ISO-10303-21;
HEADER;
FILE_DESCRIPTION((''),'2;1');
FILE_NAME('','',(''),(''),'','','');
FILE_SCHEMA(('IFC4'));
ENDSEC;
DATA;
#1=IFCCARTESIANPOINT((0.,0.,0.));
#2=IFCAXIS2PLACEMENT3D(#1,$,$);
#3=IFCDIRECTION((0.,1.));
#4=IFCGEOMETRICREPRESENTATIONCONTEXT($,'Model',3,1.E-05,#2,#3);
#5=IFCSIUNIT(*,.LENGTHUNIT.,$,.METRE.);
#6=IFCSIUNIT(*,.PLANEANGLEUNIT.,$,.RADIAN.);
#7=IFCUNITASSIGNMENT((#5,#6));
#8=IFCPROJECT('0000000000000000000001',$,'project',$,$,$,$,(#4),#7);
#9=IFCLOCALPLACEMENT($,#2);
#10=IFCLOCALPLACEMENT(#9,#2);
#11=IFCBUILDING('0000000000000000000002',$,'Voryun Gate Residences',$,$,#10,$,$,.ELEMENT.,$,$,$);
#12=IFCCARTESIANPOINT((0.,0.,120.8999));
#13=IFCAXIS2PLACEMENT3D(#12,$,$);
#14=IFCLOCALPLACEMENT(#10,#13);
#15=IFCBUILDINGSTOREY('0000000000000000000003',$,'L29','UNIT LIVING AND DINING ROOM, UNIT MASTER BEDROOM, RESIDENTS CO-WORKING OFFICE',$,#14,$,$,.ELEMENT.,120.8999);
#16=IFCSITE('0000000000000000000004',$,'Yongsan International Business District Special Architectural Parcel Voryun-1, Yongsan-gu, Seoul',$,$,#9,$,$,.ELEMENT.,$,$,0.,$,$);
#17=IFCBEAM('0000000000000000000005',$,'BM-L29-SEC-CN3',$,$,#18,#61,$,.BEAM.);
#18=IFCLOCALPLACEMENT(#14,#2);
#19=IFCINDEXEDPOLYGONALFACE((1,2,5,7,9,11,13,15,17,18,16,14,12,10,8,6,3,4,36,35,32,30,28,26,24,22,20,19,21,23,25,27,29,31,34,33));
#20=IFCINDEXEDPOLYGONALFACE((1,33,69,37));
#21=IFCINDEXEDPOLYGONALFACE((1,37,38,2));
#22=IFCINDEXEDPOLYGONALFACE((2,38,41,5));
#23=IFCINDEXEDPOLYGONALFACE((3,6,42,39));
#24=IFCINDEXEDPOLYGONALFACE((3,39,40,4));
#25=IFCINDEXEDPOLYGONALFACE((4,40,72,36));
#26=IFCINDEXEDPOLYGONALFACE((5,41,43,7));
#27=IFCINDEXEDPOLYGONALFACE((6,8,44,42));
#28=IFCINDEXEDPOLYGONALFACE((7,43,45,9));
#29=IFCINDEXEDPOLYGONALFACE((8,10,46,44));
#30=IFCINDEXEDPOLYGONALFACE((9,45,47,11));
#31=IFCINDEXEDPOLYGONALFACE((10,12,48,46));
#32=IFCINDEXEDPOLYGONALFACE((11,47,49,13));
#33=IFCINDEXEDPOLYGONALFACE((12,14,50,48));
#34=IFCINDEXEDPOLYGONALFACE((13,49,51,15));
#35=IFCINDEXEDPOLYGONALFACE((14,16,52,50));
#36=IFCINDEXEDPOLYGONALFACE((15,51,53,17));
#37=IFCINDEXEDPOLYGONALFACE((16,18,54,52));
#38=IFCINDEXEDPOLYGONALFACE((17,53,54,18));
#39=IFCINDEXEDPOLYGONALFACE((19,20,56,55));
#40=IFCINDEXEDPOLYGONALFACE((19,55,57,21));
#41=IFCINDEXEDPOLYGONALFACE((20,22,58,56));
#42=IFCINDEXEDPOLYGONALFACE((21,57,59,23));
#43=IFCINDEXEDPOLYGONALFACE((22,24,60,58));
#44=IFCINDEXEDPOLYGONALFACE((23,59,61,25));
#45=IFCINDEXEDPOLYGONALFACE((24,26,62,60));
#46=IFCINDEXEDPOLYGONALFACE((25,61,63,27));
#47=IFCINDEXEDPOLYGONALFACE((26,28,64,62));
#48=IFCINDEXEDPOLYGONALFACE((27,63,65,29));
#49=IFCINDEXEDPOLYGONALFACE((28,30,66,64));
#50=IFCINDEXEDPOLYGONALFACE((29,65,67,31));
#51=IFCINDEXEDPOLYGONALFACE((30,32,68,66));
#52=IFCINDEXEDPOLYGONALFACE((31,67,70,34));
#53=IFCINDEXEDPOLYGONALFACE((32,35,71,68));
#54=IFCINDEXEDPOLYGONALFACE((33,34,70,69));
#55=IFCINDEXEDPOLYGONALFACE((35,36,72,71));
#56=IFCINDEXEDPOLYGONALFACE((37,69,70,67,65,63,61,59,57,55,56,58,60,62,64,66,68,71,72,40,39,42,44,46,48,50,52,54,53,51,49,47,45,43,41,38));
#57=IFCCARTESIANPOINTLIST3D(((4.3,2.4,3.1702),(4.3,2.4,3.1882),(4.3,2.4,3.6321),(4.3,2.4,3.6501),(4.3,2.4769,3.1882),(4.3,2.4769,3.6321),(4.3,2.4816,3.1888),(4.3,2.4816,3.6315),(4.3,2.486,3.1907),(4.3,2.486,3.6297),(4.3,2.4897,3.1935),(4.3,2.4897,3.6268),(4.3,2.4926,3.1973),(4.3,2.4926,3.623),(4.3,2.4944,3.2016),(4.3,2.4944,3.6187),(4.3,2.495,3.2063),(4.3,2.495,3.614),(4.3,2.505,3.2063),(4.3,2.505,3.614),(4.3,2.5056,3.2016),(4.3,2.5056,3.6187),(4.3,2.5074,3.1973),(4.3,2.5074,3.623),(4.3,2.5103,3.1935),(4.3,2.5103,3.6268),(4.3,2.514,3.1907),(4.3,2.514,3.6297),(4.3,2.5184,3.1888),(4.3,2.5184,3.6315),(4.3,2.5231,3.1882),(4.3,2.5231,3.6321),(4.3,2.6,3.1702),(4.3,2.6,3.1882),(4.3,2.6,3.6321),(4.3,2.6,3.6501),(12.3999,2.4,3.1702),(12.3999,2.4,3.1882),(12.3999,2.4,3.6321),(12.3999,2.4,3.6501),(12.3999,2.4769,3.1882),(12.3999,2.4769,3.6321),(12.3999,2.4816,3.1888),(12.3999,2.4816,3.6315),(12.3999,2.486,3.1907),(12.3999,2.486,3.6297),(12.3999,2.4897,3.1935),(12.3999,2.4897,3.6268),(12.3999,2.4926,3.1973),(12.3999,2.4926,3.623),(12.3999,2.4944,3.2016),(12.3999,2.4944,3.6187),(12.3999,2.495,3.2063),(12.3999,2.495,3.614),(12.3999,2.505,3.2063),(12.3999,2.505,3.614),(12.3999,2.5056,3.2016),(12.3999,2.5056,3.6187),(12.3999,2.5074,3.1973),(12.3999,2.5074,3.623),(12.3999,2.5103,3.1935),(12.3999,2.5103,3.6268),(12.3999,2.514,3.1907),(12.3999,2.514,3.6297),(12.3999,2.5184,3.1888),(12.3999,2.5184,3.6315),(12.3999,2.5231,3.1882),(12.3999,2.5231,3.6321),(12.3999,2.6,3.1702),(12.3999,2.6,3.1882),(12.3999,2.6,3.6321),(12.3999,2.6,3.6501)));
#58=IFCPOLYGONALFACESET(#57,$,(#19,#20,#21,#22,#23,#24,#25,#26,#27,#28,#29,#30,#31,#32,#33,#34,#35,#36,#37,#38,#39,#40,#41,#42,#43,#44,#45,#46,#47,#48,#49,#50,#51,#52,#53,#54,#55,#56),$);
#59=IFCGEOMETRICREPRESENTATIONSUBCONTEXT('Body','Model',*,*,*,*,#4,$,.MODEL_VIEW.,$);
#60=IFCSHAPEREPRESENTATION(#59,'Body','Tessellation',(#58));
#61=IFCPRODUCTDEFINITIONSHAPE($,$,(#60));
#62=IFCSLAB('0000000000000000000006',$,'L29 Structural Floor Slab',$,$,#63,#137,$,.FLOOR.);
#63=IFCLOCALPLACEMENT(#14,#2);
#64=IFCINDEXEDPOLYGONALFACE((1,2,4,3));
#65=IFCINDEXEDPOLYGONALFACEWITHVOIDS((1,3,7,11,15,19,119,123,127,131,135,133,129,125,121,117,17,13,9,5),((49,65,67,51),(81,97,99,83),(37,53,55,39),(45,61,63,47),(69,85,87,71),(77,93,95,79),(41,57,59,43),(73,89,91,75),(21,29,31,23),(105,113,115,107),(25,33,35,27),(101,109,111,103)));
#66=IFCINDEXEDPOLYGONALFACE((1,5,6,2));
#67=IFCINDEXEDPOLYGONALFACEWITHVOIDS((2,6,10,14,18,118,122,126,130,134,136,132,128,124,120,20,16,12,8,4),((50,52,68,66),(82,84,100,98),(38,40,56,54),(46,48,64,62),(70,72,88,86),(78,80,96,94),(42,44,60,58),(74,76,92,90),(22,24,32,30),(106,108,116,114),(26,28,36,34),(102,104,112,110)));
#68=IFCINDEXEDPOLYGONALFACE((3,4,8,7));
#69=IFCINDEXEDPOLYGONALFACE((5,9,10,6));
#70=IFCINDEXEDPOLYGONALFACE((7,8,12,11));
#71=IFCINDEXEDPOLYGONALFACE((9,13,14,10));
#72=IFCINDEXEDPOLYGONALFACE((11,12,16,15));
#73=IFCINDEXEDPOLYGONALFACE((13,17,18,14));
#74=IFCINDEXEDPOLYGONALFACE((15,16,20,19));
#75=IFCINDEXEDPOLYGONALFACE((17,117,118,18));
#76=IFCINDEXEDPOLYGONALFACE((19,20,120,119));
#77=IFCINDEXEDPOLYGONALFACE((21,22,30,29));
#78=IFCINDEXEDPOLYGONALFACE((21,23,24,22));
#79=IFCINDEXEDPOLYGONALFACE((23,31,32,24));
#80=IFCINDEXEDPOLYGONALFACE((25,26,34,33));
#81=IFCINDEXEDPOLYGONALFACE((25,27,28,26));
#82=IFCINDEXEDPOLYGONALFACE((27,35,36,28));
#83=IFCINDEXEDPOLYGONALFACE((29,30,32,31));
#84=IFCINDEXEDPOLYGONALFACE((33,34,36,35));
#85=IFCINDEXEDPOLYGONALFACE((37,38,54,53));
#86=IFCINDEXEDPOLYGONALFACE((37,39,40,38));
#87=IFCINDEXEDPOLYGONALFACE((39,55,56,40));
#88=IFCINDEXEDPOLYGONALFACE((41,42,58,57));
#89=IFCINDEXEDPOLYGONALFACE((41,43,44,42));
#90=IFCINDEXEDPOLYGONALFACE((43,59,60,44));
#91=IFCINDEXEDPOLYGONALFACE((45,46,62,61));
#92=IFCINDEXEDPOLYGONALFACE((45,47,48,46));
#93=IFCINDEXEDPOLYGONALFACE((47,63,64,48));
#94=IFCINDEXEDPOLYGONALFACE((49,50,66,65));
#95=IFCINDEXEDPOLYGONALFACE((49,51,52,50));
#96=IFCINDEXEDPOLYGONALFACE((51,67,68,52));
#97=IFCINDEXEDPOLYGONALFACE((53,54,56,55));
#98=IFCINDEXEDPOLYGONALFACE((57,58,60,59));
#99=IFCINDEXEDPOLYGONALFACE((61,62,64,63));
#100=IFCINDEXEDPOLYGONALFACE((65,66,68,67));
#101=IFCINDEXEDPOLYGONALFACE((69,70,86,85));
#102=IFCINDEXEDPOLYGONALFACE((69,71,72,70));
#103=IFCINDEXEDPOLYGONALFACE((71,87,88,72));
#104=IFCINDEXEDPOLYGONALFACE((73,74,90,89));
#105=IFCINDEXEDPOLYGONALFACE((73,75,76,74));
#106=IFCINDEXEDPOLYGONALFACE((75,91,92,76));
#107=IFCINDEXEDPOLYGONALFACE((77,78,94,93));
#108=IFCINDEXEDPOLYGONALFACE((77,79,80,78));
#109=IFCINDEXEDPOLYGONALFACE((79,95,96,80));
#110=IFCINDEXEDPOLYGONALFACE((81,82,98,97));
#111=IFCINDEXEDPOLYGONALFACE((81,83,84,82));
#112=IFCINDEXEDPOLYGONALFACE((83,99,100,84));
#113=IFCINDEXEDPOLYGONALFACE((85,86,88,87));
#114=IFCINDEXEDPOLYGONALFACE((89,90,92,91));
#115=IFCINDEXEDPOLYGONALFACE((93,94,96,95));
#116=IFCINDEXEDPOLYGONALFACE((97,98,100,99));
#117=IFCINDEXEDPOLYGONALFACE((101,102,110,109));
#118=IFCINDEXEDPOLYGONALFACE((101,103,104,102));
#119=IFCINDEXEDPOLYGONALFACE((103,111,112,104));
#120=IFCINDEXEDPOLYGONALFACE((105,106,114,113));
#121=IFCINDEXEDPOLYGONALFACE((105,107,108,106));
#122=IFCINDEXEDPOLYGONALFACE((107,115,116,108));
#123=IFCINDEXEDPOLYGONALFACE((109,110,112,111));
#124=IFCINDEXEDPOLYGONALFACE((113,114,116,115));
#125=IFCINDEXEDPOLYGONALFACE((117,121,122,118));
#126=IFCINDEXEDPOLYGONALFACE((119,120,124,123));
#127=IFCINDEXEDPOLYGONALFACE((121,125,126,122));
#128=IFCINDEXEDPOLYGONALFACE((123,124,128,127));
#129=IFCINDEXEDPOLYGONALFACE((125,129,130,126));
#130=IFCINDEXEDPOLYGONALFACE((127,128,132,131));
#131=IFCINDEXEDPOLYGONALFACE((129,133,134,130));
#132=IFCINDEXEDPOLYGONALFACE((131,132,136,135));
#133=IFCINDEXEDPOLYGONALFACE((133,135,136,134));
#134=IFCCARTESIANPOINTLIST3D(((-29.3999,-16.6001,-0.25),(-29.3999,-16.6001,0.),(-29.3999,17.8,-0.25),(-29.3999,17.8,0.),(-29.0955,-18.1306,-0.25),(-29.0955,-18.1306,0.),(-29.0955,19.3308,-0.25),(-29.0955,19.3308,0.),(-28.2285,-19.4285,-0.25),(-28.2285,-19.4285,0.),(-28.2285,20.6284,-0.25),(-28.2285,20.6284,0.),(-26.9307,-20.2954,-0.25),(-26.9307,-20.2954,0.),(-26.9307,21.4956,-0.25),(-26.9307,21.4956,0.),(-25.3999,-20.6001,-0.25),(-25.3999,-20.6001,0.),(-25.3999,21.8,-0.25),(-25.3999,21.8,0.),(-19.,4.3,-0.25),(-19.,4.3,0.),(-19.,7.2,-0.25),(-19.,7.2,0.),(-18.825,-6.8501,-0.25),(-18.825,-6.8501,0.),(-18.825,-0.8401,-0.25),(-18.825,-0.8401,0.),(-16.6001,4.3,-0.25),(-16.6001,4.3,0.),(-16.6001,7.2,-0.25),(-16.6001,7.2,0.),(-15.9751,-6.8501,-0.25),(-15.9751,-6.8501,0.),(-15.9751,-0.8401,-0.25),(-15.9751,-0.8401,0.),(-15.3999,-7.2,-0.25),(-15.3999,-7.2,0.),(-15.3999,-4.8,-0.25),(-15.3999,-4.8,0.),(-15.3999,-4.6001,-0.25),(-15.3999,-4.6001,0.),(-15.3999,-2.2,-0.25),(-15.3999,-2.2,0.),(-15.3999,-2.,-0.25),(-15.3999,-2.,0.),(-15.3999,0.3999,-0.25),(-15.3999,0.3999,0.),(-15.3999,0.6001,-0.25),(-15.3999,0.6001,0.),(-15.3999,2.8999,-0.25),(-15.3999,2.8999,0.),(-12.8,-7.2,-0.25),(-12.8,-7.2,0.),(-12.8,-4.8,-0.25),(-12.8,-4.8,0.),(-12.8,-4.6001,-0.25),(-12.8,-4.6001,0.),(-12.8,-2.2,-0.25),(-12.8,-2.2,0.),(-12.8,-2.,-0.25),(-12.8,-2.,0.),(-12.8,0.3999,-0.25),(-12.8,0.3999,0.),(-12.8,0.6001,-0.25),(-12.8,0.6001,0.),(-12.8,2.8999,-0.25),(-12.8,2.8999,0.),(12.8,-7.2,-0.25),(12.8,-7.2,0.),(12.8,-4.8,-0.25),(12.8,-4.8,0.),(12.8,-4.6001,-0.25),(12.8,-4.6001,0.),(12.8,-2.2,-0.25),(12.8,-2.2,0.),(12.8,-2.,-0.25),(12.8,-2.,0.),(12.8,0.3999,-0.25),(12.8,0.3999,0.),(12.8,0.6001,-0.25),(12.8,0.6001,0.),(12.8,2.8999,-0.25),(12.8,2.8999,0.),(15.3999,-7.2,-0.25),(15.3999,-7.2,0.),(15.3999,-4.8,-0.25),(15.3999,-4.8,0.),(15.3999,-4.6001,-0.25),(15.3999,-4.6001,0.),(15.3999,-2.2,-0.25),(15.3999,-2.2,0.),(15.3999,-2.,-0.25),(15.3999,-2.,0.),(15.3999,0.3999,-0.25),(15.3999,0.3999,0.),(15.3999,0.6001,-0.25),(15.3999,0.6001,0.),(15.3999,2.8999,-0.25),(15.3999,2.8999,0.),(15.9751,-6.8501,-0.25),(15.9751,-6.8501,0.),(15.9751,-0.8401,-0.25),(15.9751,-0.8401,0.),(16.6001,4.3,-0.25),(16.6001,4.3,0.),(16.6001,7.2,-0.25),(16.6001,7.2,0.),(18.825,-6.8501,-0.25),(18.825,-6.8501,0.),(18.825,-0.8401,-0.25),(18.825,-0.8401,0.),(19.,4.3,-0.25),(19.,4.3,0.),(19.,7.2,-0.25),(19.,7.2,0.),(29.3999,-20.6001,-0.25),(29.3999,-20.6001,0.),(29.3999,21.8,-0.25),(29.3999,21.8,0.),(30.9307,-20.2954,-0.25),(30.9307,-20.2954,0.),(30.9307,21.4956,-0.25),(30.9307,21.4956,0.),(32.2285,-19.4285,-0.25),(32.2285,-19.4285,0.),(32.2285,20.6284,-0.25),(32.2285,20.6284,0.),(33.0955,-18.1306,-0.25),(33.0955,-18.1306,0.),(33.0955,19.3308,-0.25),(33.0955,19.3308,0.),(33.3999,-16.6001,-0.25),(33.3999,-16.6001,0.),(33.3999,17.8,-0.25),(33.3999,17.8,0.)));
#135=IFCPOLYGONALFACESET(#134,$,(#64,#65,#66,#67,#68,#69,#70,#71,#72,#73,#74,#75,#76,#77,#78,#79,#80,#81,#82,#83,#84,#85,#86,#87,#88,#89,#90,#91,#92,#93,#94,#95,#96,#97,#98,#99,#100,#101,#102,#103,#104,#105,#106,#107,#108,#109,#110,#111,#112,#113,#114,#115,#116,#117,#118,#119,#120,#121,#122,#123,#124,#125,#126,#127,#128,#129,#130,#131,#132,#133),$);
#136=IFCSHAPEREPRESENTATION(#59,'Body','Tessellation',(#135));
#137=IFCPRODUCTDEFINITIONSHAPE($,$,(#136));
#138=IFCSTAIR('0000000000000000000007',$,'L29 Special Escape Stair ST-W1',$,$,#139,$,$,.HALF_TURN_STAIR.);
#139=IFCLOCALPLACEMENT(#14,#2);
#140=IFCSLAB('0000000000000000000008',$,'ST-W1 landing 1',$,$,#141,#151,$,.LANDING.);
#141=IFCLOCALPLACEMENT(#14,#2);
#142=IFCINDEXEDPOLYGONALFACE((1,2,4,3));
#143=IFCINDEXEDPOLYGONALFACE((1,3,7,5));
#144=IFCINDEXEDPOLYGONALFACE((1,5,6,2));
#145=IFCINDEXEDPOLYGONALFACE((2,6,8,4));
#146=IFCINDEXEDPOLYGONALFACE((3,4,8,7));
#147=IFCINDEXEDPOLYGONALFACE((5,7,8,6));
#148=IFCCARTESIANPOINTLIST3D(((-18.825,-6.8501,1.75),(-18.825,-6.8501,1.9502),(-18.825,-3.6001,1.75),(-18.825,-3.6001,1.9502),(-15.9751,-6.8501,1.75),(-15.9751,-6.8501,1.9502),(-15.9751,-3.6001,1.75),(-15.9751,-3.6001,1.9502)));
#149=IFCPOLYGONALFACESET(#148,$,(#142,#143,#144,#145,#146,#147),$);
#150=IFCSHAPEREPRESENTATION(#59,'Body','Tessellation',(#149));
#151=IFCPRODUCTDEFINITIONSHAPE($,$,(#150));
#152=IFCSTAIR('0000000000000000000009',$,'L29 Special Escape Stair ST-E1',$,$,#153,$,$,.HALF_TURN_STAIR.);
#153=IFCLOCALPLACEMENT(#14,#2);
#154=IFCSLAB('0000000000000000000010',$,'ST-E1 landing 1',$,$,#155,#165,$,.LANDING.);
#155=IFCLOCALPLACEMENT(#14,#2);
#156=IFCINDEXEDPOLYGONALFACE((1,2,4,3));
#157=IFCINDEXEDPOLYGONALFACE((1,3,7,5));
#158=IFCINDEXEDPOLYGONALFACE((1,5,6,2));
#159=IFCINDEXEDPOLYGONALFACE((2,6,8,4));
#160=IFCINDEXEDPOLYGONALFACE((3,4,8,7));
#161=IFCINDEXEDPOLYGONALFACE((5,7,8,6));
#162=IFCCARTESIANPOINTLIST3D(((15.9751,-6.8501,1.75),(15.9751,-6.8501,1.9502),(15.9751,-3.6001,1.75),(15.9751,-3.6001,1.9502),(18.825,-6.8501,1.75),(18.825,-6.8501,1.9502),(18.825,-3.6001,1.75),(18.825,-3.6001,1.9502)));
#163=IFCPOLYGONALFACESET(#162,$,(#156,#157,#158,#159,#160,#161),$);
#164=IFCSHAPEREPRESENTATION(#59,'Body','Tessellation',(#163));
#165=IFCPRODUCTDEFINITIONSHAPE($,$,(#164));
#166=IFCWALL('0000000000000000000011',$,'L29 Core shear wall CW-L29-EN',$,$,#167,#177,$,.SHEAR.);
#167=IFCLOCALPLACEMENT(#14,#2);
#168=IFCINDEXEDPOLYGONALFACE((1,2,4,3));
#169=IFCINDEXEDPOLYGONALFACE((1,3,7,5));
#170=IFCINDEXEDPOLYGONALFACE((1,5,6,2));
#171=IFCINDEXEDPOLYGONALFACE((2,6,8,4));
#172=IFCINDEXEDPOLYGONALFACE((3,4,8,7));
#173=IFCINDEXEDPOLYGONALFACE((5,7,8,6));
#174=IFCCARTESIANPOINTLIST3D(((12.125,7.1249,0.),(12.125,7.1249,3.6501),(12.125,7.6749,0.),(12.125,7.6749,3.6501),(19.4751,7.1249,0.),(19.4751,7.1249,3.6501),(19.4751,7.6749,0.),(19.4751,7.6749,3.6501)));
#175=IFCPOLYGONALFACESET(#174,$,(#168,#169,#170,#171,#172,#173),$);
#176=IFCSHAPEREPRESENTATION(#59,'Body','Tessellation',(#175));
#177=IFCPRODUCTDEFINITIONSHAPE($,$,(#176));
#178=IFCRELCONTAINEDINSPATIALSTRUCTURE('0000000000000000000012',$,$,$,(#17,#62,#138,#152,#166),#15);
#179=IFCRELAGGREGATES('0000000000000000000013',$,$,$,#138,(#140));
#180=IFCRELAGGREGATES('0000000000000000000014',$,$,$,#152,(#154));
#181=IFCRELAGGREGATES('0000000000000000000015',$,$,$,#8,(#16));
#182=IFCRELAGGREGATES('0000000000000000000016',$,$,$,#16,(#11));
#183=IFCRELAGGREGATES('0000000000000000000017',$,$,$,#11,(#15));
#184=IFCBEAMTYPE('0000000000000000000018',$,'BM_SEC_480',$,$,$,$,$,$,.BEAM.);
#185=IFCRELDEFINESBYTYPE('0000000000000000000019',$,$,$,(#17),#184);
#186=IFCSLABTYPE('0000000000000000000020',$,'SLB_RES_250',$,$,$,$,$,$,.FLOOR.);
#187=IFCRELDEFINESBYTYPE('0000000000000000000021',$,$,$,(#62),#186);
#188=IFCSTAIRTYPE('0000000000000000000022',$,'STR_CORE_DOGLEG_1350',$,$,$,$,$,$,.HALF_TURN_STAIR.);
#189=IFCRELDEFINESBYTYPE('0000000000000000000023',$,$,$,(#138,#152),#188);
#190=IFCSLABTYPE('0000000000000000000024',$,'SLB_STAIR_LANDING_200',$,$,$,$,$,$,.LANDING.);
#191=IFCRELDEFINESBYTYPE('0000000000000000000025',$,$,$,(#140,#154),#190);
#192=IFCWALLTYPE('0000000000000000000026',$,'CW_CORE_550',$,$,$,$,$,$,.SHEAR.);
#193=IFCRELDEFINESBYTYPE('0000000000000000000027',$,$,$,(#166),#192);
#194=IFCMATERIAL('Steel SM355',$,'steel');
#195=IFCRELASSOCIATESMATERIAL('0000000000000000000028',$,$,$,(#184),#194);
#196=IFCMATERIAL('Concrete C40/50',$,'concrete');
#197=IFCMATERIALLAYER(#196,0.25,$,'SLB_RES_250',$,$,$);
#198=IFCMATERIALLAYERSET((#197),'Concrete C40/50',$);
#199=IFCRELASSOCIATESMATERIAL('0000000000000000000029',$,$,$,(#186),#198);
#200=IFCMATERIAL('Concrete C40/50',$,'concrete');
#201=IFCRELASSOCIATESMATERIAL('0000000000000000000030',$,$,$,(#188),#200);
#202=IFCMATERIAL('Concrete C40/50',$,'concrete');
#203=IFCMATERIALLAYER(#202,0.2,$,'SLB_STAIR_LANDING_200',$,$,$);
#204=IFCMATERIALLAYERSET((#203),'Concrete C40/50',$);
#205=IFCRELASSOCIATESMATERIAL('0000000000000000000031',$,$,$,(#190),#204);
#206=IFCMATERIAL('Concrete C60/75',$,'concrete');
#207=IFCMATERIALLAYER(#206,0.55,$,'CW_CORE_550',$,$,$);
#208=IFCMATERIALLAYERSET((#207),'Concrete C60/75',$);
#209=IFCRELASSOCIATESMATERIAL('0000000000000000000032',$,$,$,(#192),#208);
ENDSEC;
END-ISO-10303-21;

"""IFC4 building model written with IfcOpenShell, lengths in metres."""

from ifc_helpers import new_model, si_unit, direction, frame, frame_2d, origin, origin_2d, place, context, subcontext, project, spatial, polyline, rectangle, i_section, outline, extrude, material, layer, layer_set, material_profile, profile_set, type_object, element, aggregate, save


model = new_model("IFC4")

# Units and contexts
model_context = context("Model", 3, precision=1e-05, world=origin(), true_north=direction((0.0, 1.0)))
body_context = subcontext(model_context, "Body", "Model", "MODEL_VIEW")
ifc_project = project(units=[si_unit("LENGTHUNIT", "METRE"), si_unit("PLANEANGLEUNIT", "RADIAN")], contexts=[model_context])

# Site, building, storey
site_placement = place(None, origin())
site = spatial("IfcSite", under=ifc_project, at=site_placement, Name="Yongsan International Business District Special Architectural Parcel Voryun-1, Yongsan-gu, Seoul", CompositionType="ELEMENT", RefElevation=0.0)
building_placement = place(site_placement, origin())
building = spatial("IfcBuilding", under=site, at=building_placement, Name="Voryun Gate Residences", CompositionType="ELEMENT")
storey_placement = place(building_placement, frame((0.0, 0.0, 120.8999)))
storey = spatial("IfcBuildingStorey", under=building, at=storey_placement, Name="L29", Description="UNIT LIVING AND DINING ROOM, UNIT MASTER BEDROOM, RESIDENTS CO-WORKING OFFICE", CompositionType="ELEMENT", Elevation=120.8999)

# Beam
ifc_material_1 = material(Name="Steel SM355", Category="steel")
ifc_material_profile_1 = material_profile(ifc_material_1, i_section(OverallWidth=0.2, OverallDepth=0.48, WebThickness=0.01, FlangeThickness=0.0181, FilletRadius=0.0181, at=origin_2d()), Name="H-480x200x10x18")
ifc_profile_set_1 = profile_set([ifc_material_profile_1], Name="Steel SM355")
beam_type_1 = type_object("IfcBeamType", Name="BM_SEC_480", PredefinedType="BEAM", material=ifc_profile_set_1)
for number, where, z_axis, x_axis, name in (
    (1, (4.3, 2.5, 3.4102), (1.0, 0.0, 0.0), (0.0, 1.0, 0.0), "BM-L29-SEC-CN3"),
):
    element("IfcBeam", number, at=place(storey_placement, frame(where, z_axis=z_axis, x_axis=x_axis)), inside=storey, type_object=beam_type_1, Name=name, PredefinedType="BEAM", context=body_context, shape_type="SweptSolid", body=[
        extrude(i_section(OverallWidth=0.2, OverallDepth=0.48, WebThickness=0.01, FlangeThickness=0.0181, FilletRadius=0.0181, at=origin_2d()), origin(), (0.0, 0.0, 1.0), 8.0999),
    ])

# Slab
ifc_material_2 = material(Name="Concrete C40/50", Category="concrete")
ifc_layer_1 = layer(ifc_material_2, 0.25, Name="SLB_RES_250")
ifc_layer_set_1 = layer_set([ifc_layer_1], Name="Concrete C40/50")
slab_type_1 = type_object("IfcSlabType", Name="SLB_RES_250", PredefinedType="FLOOR", material=ifc_layer_set_1)
slab_1_placement = place(storey_placement, frame((0.0, 0.0, -0.25)))
element("IfcSlab", 2, at=slab_1_placement, inside=storey, type_object=slab_type_1, Name="L29 Structural Floor Slab", PredefinedType="FLOOR", context=body_context, shape_type="SweptSolid", body=[
    extrude(outline(polyline([(-25.3999, -20.6001), (-26.9307, -20.2954), (-28.2285, -19.4285), (-29.0955, -18.1306), (-29.3999, -16.6001), (-29.3999, 17.8), (-29.0955, 19.3308), (-28.2285, 20.6284), (-26.9307, 21.4956), (-25.3999, 21.8), (29.3999, 21.8), (30.9307, 21.4956), (32.2285, 20.6284), (33.0955, 19.3308), (33.3999, 17.8), (33.3999, -16.6001), (33.0955, -18.1306), (32.2285, -19.4285), (30.9307, -20.2954), (29.3999, -20.6001), (-25.3999, -20.6001)]), holes=[polyline([(-12.8, -4.8), (-15.3999, -4.8), (-15.3999, -7.2), (-12.8, -7.2), (-12.8, -4.8)]), polyline([(-18.825, -6.8501), (-15.9751, -6.8501), (-15.9751, -0.8401), (-18.825, -0.8401), (-18.825, -6.8501)]), polyline([(-12.8, -4.6001), (-12.8, -2.2), (-15.3999, -2.2), (-15.3999, -4.6001), (-12.8, -4.6001)]), polyline([(-12.8, 0.3999), (-15.3999, 0.3999), (-15.3999, -2.0), (-12.8, -2.0), (-12.8, 0.3999)]), polyline([(-12.8, 0.6001), (-12.8, 2.8999), (-15.3999, 2.8999), (-15.3999, 0.6001), (-12.8, 0.6001)]), polyline([(-16.6001, 4.3), (-16.6001, 7.2), (-19.0, 7.2), (-19.0, 4.3), (-16.6001, 4.3)]), polyline([(15.3999, -4.8), (12.8, -4.8), (12.8, -7.2), (15.3999, -7.2), (15.3999, -4.8)]), polyline([(15.9751, -6.8501), (18.825, -6.8501), (18.825, -0.8401), (15.9751, -0.8401), (15.9751, -6.8501)]), polyline([(15.3999, -4.6001), (15.3999, -2.2), (12.8, -2.2), (12.8, -4.6001), (15.3999, -4.6001)]), polyline([(15.3999, 0.3999), (12.8, 0.3999), (12.8, -2.0), (15.3999, -2.0), (15.3999, 0.3999)]), polyline([(15.3999, 0.6001), (15.3999, 2.8999), (12.8, 2.8999), (12.8, 0.6001), (15.3999, 0.6001)]), polyline([(19.0, 4.3), (19.0, 7.2), (16.6001, 7.2), (16.6001, 4.3), (19.0, 4.3)])]), origin(), (0.0, 0.0, 1.0), 0.25),
])

# Stairs, slabs
ifc_material_3 = material(Name="Concrete C40/50", Category="concrete")
stair_type = type_object("IfcStairType", Name="STR_CORE_DOGLEG_1350", PredefinedType="HALF_TURN_STAIR", material=ifc_material_3)
stair_1_placement = place(storey_placement, origin())
stair_1 = element("IfcStair", 3, at=stair_1_placement, inside=storey, type_object=stair_type, Name="L29 Special Escape Stair ST-W1", PredefinedType="HALF_TURN_STAIR")
ifc_material_4 = material(Name="Concrete C40/50", Category="concrete")
ifc_layer_2 = layer(ifc_material_4, 0.2, Name="SLB_STAIR_LANDING_200")
ifc_layer_set_2 = layer_set([ifc_layer_2], Name="Concrete C40/50")
slab_type_2 = type_object("IfcSlabType", Name="SLB_STAIR_LANDING_200", PredefinedType="LANDING", material=ifc_layer_set_2)
slab_2_placement = place(storey_placement, frame((0.0, 0.0, 1.75)))
slab_2 = element("IfcSlab", 4, at=slab_2_placement, type_object=slab_type_2, Name="ST-W1 landing 1", PredefinedType="LANDING", context=body_context, shape_type="SweptSolid", body=[
    extrude(outline(polyline([(-18.825, -3.6001), (-18.825, -6.8501), (-15.9751, -6.8501), (-15.9751, -3.6001), (-18.825, -3.6001)])), origin(), (0.0, 0.0, 1.0), 0.2002),
])
aggregate(stair_1, [slab_2])
stair_2_placement = place(storey_placement, origin())
stair_2 = element("IfcStair", 5, at=stair_2_placement, inside=storey, type_object=stair_type, Name="L29 Special Escape Stair ST-E1", PredefinedType="HALF_TURN_STAIR")
slab_3_placement = place(storey_placement, frame((0.0, 0.0, 1.75)))
slab_3 = element("IfcSlab", 6, at=slab_3_placement, type_object=slab_type_2, Name="ST-E1 landing 1", PredefinedType="LANDING", context=body_context, shape_type="SweptSolid", body=[
    extrude(outline(polyline([(15.9751, -3.6001), (15.9751, -6.8501), (18.825, -6.8501), (18.825, -3.6001), (15.9751, -3.6001)])), origin(), (0.0, 0.0, 1.0), 0.2002),
])
aggregate(stair_2, [slab_3])

# Wall
ifc_material_5 = material(Name="Concrete C60/75", Category="concrete")
ifc_layer_3 = layer(ifc_material_5, 0.55, Name="CW_CORE_550")
ifc_layer_set_3 = layer_set([ifc_layer_3], Name="Concrete C60/75")
wall_type_1 = type_object("IfcWallType", Name="CW_CORE_550", PredefinedType="SHEAR", material=ifc_layer_set_3)
wall_1_placement = place(storey_placement, frame((12.125, 7.3999, 0.0), z_axis=(0.0, 0.0, 1.0), x_axis=(1.0, 0.0, 0.0)))
element("IfcWall", 7, at=wall_1_placement, inside=storey, type_object=wall_type_1, Name="L29 Core shear wall CW-L29-EN", PredefinedType="SHEAR", context=body_context, shape_type="SweptSolid", body=[
    extrude(rectangle(XDim=7.3501, YDim=0.55, at=frame_2d((3.675, 0.0))), origin(), (0.0, 0.0, 1.0), 3.6501),
])

save(model, "model.ifc")
